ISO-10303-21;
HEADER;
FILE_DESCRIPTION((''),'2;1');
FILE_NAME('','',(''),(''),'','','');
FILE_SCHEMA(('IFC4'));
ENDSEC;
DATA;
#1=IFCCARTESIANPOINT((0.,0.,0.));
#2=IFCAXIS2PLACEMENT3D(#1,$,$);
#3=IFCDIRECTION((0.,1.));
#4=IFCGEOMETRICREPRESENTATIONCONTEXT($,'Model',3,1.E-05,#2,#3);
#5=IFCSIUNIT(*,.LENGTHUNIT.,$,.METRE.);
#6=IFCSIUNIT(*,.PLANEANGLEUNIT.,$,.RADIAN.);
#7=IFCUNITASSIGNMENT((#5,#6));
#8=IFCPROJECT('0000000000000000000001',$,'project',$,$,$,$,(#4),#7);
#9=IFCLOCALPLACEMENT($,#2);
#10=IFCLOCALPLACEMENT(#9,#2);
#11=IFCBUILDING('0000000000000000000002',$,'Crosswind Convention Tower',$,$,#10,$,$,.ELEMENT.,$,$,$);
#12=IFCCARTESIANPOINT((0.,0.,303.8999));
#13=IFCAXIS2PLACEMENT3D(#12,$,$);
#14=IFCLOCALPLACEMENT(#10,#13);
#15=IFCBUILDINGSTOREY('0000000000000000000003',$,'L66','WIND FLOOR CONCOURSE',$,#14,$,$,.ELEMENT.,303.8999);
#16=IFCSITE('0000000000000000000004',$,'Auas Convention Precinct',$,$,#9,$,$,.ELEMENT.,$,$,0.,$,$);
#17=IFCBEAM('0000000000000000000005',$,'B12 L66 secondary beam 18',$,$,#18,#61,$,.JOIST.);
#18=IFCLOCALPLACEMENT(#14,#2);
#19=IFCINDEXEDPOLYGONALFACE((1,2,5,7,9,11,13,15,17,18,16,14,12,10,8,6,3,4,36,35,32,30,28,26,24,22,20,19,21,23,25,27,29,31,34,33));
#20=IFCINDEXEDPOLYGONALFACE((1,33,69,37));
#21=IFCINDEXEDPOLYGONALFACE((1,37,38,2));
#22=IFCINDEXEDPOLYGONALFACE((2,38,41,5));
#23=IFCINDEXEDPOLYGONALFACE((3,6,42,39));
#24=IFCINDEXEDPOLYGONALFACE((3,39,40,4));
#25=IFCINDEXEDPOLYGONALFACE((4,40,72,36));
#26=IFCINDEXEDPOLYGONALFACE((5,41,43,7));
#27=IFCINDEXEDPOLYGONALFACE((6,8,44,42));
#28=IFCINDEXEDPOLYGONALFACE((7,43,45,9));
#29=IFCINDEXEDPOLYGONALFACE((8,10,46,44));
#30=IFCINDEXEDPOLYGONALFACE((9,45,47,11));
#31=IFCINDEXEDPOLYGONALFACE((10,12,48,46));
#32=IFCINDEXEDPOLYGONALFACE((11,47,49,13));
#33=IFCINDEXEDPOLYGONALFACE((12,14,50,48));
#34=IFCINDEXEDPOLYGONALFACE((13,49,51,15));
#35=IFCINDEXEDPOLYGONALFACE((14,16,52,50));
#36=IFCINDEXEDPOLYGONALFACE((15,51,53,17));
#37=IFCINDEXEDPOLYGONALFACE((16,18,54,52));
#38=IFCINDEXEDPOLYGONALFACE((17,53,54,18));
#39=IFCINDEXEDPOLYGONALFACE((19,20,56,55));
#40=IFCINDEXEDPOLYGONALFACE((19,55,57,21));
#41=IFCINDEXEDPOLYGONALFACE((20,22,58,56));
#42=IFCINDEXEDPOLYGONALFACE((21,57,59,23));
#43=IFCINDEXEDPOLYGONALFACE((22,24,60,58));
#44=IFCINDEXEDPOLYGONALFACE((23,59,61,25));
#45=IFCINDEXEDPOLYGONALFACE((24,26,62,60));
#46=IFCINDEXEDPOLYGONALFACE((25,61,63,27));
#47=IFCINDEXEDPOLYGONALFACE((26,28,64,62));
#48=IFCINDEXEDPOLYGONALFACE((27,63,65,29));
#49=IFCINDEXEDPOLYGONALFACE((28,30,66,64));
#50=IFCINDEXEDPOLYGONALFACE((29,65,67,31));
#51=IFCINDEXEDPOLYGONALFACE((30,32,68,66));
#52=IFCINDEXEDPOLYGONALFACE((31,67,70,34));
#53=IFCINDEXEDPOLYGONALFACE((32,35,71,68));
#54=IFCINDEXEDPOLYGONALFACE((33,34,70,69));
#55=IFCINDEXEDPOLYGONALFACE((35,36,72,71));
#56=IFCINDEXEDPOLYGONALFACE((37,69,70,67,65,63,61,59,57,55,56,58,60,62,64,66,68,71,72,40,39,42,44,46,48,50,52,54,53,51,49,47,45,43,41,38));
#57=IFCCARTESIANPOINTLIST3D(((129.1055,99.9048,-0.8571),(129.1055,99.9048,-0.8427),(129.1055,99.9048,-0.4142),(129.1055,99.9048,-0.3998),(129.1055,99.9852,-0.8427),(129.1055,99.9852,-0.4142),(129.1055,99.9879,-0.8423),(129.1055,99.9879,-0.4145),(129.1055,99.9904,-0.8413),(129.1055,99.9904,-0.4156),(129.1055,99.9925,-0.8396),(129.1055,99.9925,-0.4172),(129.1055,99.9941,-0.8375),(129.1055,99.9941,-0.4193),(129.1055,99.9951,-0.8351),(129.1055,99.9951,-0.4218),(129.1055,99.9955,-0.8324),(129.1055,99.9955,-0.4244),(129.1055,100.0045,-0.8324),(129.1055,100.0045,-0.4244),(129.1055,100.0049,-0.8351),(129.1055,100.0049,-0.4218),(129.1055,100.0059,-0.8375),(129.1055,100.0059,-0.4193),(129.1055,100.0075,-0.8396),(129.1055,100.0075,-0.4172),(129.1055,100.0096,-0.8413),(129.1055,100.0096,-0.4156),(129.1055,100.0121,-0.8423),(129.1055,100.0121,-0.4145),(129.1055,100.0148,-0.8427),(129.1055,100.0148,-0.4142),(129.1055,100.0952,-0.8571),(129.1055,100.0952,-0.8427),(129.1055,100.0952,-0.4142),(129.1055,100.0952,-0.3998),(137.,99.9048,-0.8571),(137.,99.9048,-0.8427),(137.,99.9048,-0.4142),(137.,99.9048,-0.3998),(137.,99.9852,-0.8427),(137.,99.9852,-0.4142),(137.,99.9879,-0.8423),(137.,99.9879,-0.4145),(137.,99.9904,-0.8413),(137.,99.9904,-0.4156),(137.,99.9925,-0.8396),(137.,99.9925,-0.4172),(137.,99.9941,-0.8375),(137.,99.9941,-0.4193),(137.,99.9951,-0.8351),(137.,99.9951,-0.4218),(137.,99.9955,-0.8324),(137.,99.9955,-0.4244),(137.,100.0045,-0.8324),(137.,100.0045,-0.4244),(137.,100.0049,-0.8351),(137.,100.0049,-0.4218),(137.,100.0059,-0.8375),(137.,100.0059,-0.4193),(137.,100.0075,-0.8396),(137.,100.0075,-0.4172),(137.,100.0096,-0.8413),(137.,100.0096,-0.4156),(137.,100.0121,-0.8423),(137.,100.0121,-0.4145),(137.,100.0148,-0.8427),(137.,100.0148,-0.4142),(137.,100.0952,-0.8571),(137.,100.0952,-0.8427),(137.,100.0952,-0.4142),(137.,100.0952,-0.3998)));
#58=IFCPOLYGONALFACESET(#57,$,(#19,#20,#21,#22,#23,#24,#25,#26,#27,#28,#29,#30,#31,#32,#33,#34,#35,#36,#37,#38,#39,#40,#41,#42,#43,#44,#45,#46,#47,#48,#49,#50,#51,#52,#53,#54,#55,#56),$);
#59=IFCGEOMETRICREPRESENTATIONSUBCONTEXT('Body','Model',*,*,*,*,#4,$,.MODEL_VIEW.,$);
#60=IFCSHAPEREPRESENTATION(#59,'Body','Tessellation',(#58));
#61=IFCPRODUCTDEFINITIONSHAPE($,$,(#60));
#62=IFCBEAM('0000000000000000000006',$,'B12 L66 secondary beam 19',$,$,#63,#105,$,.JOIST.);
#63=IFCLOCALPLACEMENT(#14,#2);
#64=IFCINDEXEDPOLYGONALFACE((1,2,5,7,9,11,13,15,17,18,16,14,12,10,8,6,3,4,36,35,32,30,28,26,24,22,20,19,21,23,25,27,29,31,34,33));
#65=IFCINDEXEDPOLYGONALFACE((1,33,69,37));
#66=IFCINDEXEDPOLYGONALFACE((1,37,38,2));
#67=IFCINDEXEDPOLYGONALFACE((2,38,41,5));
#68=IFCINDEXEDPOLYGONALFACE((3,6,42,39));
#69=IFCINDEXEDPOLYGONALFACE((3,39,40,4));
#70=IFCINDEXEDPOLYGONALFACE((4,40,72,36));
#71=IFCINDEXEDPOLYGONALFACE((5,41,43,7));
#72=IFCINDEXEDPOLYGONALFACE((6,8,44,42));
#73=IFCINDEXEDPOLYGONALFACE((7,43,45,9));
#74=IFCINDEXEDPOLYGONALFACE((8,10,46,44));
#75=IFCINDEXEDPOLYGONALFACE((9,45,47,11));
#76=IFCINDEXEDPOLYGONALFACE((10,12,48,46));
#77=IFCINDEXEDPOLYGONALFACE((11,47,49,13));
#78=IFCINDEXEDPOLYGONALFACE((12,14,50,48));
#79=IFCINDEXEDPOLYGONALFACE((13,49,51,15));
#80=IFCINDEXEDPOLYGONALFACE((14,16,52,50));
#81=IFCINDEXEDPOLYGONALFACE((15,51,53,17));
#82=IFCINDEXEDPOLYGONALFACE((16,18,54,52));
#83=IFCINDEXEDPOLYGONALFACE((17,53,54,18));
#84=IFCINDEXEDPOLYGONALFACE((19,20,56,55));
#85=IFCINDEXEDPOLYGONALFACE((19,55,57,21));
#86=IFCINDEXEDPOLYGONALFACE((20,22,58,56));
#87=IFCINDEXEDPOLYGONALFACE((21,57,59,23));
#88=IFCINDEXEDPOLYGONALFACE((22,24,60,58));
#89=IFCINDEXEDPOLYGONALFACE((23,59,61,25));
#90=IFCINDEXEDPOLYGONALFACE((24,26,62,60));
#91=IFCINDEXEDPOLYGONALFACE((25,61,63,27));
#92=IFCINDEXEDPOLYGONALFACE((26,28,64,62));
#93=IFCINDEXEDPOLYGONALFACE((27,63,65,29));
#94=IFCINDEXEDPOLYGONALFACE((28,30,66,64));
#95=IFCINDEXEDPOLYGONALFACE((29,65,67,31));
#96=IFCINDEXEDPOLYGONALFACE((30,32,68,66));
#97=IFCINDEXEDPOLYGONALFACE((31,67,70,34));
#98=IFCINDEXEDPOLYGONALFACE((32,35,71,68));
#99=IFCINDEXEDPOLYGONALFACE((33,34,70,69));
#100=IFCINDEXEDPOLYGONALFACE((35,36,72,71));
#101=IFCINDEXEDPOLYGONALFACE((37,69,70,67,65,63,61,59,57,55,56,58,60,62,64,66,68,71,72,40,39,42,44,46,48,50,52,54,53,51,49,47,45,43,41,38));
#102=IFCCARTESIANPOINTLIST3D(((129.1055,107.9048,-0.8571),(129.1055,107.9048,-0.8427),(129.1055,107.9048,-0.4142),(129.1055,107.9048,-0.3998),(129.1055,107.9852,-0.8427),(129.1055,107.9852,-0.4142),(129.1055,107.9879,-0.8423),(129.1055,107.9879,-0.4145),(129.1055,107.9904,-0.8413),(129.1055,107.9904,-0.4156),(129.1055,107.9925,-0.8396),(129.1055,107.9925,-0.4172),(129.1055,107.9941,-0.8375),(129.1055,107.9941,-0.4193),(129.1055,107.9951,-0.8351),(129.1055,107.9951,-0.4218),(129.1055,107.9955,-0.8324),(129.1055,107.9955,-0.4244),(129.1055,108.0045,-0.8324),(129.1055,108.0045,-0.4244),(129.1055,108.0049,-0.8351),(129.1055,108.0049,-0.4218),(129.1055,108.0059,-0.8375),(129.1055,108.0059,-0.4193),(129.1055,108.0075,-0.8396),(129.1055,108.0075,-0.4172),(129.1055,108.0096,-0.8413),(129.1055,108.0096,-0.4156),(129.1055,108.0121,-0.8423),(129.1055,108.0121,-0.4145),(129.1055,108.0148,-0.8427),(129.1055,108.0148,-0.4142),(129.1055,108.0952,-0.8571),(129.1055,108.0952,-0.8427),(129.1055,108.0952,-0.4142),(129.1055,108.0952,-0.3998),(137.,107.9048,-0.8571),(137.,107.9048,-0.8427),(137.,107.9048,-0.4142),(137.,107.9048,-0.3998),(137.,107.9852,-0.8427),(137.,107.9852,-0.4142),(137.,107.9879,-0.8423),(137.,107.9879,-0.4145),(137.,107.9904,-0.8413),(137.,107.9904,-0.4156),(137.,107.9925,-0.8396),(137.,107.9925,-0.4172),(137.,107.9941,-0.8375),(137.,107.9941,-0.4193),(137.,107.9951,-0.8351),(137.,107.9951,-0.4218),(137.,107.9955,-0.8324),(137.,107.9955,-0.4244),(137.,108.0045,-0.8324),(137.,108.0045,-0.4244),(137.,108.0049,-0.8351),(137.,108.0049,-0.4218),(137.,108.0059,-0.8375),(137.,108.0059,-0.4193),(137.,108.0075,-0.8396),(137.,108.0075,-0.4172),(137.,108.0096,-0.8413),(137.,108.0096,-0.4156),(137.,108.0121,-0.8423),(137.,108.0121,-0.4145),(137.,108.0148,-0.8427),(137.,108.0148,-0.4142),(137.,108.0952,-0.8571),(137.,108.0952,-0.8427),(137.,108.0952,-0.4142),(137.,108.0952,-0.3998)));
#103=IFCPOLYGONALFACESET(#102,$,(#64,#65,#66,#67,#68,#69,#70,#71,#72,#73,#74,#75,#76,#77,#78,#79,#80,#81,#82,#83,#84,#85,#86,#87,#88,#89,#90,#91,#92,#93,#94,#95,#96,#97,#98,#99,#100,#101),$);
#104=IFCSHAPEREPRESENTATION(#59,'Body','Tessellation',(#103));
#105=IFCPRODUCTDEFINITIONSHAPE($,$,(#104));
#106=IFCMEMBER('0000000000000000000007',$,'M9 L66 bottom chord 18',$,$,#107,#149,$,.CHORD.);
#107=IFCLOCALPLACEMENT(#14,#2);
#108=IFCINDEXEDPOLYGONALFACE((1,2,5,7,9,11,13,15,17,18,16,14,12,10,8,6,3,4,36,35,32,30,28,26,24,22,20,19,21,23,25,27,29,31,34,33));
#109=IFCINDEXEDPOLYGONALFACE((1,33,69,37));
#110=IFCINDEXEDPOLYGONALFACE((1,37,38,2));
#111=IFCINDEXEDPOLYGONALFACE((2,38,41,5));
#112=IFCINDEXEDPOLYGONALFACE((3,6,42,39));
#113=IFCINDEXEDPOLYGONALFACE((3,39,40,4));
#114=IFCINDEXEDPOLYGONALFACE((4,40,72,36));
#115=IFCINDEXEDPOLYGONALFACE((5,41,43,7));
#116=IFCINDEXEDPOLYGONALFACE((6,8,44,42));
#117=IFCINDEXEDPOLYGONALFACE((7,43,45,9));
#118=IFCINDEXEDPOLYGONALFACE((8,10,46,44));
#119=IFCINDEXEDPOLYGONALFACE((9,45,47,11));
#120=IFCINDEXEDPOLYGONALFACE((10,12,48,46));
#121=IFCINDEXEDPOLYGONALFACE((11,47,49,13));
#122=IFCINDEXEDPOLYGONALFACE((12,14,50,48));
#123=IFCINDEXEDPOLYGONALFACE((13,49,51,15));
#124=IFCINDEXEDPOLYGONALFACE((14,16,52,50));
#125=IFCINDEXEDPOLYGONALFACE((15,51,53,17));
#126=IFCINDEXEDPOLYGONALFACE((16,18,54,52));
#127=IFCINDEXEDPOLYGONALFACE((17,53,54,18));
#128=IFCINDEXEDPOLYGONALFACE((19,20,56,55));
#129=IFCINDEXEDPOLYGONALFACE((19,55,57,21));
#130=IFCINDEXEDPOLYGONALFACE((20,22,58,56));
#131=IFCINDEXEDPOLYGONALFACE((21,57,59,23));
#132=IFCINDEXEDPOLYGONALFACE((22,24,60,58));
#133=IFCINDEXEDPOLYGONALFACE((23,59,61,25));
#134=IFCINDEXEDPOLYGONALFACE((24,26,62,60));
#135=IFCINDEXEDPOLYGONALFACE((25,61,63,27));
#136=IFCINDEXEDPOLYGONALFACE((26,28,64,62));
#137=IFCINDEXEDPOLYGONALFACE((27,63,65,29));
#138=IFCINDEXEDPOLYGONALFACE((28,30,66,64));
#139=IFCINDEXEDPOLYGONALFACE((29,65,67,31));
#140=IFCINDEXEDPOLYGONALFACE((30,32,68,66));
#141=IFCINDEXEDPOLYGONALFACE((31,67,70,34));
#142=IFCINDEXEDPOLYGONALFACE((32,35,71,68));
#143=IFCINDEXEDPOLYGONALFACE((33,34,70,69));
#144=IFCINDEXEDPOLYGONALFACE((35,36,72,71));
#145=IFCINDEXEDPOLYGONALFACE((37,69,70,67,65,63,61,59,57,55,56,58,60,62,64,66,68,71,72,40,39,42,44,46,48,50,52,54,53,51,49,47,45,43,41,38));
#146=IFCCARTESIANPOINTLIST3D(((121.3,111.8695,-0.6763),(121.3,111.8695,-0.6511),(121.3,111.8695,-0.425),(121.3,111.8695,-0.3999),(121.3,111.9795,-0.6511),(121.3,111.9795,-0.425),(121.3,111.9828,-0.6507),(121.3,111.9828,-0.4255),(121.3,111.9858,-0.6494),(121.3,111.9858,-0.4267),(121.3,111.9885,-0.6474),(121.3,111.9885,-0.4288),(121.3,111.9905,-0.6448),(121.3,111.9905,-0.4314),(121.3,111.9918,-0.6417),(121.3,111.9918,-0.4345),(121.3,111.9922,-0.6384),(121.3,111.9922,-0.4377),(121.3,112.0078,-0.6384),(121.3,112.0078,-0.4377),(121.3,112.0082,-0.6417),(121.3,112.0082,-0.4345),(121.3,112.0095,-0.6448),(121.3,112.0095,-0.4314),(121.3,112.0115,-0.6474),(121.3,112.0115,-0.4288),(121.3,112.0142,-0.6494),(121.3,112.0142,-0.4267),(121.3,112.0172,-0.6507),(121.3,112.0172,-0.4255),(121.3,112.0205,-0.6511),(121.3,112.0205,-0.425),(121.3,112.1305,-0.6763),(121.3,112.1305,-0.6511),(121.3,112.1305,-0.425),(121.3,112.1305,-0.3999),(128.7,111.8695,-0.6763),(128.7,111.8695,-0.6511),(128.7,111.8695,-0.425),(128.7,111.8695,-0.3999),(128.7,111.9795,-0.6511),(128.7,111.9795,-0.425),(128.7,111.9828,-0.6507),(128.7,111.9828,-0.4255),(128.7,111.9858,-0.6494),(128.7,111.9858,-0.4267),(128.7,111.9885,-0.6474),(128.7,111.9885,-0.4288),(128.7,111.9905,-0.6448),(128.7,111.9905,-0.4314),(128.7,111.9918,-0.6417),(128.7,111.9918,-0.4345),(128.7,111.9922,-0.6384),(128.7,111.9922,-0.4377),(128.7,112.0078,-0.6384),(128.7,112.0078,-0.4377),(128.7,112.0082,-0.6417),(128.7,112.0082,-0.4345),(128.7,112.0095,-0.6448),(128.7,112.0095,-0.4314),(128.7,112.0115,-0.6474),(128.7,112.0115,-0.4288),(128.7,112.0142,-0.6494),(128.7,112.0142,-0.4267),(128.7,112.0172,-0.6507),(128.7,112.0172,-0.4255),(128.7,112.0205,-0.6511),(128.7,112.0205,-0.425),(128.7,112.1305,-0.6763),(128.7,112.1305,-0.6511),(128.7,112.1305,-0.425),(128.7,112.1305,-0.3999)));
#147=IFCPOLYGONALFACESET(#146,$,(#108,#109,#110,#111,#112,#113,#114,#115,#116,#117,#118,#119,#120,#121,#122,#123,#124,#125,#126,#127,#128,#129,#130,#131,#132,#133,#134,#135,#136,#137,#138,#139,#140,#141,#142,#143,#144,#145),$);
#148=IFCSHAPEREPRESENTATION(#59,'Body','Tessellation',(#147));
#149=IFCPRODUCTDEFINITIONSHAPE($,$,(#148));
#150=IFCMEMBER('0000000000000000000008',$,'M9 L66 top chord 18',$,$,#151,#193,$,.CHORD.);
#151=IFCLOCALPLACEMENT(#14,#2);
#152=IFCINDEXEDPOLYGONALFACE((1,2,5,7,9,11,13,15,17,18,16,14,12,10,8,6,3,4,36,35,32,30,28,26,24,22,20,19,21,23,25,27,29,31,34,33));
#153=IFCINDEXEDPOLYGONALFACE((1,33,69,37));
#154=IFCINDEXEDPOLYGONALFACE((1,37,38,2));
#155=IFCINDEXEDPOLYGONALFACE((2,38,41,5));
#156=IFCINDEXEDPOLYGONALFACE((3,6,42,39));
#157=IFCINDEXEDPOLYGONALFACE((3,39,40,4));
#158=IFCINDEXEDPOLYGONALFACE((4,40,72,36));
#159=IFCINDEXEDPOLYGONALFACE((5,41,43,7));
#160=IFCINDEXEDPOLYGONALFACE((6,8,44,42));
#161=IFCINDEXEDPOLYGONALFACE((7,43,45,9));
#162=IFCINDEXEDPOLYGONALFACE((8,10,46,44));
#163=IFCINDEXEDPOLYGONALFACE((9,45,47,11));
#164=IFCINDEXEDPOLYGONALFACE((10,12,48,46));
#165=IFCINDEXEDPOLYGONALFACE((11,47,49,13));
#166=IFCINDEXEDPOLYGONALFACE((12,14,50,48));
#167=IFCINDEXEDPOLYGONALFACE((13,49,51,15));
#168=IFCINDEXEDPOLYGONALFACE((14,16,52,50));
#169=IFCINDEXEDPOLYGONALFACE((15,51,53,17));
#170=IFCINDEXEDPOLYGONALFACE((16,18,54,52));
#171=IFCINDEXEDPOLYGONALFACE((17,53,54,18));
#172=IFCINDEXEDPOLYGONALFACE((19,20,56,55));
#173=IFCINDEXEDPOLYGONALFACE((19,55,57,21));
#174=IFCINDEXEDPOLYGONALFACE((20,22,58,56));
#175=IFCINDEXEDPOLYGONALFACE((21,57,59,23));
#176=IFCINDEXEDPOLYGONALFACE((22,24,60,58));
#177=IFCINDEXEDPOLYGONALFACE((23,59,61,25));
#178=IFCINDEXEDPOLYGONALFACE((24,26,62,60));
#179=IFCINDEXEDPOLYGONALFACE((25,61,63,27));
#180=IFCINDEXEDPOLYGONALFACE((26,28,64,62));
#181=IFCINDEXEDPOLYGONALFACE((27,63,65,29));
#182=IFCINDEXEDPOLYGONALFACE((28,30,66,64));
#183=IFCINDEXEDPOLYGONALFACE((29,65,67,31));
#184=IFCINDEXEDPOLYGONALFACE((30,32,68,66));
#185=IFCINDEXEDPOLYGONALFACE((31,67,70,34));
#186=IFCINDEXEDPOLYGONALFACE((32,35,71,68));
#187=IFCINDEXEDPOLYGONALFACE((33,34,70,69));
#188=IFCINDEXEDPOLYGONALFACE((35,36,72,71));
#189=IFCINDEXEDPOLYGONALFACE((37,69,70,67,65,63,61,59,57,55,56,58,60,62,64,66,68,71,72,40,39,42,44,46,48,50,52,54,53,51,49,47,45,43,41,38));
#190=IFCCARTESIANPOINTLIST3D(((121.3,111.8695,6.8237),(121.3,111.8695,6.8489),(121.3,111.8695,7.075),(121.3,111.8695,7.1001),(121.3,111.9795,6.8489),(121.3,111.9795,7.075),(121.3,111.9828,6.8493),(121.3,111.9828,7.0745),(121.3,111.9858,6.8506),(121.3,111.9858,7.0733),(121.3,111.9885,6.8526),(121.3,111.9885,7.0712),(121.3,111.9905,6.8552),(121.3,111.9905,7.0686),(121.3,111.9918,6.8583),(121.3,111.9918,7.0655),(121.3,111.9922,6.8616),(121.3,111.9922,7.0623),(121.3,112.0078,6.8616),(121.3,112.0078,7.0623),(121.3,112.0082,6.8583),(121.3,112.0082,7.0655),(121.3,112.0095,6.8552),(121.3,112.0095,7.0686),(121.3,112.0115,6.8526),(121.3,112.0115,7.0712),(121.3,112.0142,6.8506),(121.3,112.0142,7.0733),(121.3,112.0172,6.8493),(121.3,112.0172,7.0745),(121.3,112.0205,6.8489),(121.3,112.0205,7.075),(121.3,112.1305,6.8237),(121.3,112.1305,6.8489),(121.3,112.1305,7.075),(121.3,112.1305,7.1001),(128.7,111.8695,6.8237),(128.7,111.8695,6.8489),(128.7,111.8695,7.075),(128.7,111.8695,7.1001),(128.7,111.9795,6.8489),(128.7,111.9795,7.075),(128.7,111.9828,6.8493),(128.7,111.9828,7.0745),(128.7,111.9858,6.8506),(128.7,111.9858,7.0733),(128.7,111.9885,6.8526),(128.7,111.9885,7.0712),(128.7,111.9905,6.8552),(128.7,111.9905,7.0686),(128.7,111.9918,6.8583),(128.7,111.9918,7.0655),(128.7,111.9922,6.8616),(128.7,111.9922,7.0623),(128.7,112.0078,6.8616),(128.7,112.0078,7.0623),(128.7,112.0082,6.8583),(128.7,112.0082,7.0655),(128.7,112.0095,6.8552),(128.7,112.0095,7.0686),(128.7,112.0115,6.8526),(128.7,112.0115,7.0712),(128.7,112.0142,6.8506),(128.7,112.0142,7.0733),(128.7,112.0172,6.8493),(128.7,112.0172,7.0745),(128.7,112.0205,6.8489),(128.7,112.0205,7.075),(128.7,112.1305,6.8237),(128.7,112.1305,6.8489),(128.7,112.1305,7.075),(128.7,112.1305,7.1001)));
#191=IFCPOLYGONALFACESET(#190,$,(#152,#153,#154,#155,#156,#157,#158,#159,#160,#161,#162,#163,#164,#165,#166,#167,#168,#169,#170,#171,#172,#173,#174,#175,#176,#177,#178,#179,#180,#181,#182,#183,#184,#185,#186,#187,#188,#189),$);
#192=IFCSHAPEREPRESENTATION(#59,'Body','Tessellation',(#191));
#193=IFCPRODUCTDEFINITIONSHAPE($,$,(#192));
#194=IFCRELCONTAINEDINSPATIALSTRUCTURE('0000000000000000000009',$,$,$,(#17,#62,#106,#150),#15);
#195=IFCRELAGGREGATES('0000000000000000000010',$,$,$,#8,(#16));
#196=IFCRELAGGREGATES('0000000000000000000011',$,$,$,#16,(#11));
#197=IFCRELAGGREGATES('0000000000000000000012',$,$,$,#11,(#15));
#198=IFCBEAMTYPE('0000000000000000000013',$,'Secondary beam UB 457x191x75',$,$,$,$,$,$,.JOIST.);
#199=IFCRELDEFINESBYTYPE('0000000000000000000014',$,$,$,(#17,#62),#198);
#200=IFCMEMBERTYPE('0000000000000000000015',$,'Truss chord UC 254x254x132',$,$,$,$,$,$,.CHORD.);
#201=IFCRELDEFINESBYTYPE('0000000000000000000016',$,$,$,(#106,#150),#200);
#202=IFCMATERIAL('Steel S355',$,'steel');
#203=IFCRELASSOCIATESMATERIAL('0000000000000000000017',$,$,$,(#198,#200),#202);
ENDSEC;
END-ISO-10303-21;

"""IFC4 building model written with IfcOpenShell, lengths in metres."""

from ifc_helpers import new_model, si_unit, direction, frame, origin, origin_2d, place, context, subcontext, project, spatial, i_section, extrude, material, material_profile, profile_set, type_object, element, save


model = new_model("IFC4")

# Units and contexts
model_context = context("Model", 3, precision=1e-05, world=origin(), true_north=direction((0.0, 1.0)))
body_context = subcontext(model_context, "Body", "Model", "MODEL_VIEW")
ifc_project = project(units=[si_unit("LENGTHUNIT", "METRE"), si_unit("PLANEANGLEUNIT", "RADIAN")], contexts=[model_context])

# Site, building, storey
site_placement = place(None, origin())
site = spatial("IfcSite", under=ifc_project, at=site_placement, Name="Auas Convention Precinct", CompositionType="ELEMENT", RefElevation=0.0)
building_placement = place(site_placement, origin())
building = spatial("IfcBuilding", under=site, at=building_placement, Name="Crosswind Convention Tower", CompositionType="ELEMENT")
storey_placement = place(building_placement, frame((0.0, 0.0, 303.8999)))
storey = spatial("IfcBuildingStorey", under=building, at=storey_placement, Name="L66", Description="WIND FLOOR CONCOURSE", CompositionType="ELEMENT", Elevation=303.8999)

# Beams
ifc_material_1 = material(Name="Steel S355", Category="steel")
ifc_material_profile_1 = material_profile(ifc_material_1, i_section(OverallWidth=0.1904, OverallDepth=0.4573, WebThickness=0.009, FlangeThickness=0.0144, FilletRadius=0.0103, at=origin_2d()), Name="UB 457x191x75")
ifc_profile_set_1 = profile_set([ifc_material_profile_1], Name="Steel S355")
beam_type_1 = type_object("IfcBeamType", Name="Secondary beam UB 457x191x75", PredefinedType="JOIST", material=ifc_profile_set_1)
for number, where, z_axis, x_axis, name in (
    (1, (129.1055, 100.0, -0.6284), (1.0, 0.0, 0.0), (0.0, 1.0, 0.0), "B12 L66 secondary beam 18"),
    (2, (129.1055, 108.0, -0.6284), (1.0, 0.0, 0.0), (0.0, 1.0, 0.0), "B12 L66 secondary beam 19"),
):
    element("IfcBeam", number, at=place(storey_placement, frame(where, z_axis=z_axis, x_axis=x_axis)), inside=storey, type_object=beam_type_1, Name=name, PredefinedType="JOIST", context=body_context, shape_type="SweptSolid", body=[
        extrude(i_section(OverallWidth=0.1904, OverallDepth=0.4573, WebThickness=0.009, FlangeThickness=0.0144, FilletRadius=0.0103, at=origin_2d()), origin(), (0.0, 0.0, 1.0), 7.8945),
    ])

# Members
ifc_material_profile_2 = material_profile(ifc_material_1, i_section(OverallWidth=0.261, OverallDepth=0.2764, WebThickness=0.0156, FlangeThickness=0.0251, FilletRadius=0.0127, at=origin_2d()), Name="UC 254x254x132")
ifc_profile_set_2 = profile_set([ifc_material_profile_2], Name="Steel S355")
member_type_1 = type_object("IfcMemberType", Name="Truss chord UC 254x254x132", PredefinedType="CHORD", material=ifc_profile_set_2)
for number, where, z_axis, x_axis, name in (
    (3, (121.3, 112.0, -0.5381), (1.0, 0.0, 0.0), (0.0, 1.0, 0.0), "M9 L66 bottom chord 18"),
    (4, (121.3, 112.0, 6.9619), (1.0, 0.0, 0.0), (0.0, 1.0, 0.0), "M9 L66 top chord 18"),
):
    element("IfcMember", number, at=place(storey_placement, frame(where, z_axis=z_axis, x_axis=x_axis)), inside=storey, type_object=member_type_1, Name=name, PredefinedType="CHORD", context=body_context, shape_type="SweptSolid", body=[
        extrude(i_section(OverallWidth=0.261, OverallDepth=0.2764, WebThickness=0.0156, FlangeThickness=0.0251, FilletRadius=0.0127, at=origin_2d()), origin(), (0.0, 0.0, 1.0), 7.3999),
    ])

save(model, "model.ifc")
